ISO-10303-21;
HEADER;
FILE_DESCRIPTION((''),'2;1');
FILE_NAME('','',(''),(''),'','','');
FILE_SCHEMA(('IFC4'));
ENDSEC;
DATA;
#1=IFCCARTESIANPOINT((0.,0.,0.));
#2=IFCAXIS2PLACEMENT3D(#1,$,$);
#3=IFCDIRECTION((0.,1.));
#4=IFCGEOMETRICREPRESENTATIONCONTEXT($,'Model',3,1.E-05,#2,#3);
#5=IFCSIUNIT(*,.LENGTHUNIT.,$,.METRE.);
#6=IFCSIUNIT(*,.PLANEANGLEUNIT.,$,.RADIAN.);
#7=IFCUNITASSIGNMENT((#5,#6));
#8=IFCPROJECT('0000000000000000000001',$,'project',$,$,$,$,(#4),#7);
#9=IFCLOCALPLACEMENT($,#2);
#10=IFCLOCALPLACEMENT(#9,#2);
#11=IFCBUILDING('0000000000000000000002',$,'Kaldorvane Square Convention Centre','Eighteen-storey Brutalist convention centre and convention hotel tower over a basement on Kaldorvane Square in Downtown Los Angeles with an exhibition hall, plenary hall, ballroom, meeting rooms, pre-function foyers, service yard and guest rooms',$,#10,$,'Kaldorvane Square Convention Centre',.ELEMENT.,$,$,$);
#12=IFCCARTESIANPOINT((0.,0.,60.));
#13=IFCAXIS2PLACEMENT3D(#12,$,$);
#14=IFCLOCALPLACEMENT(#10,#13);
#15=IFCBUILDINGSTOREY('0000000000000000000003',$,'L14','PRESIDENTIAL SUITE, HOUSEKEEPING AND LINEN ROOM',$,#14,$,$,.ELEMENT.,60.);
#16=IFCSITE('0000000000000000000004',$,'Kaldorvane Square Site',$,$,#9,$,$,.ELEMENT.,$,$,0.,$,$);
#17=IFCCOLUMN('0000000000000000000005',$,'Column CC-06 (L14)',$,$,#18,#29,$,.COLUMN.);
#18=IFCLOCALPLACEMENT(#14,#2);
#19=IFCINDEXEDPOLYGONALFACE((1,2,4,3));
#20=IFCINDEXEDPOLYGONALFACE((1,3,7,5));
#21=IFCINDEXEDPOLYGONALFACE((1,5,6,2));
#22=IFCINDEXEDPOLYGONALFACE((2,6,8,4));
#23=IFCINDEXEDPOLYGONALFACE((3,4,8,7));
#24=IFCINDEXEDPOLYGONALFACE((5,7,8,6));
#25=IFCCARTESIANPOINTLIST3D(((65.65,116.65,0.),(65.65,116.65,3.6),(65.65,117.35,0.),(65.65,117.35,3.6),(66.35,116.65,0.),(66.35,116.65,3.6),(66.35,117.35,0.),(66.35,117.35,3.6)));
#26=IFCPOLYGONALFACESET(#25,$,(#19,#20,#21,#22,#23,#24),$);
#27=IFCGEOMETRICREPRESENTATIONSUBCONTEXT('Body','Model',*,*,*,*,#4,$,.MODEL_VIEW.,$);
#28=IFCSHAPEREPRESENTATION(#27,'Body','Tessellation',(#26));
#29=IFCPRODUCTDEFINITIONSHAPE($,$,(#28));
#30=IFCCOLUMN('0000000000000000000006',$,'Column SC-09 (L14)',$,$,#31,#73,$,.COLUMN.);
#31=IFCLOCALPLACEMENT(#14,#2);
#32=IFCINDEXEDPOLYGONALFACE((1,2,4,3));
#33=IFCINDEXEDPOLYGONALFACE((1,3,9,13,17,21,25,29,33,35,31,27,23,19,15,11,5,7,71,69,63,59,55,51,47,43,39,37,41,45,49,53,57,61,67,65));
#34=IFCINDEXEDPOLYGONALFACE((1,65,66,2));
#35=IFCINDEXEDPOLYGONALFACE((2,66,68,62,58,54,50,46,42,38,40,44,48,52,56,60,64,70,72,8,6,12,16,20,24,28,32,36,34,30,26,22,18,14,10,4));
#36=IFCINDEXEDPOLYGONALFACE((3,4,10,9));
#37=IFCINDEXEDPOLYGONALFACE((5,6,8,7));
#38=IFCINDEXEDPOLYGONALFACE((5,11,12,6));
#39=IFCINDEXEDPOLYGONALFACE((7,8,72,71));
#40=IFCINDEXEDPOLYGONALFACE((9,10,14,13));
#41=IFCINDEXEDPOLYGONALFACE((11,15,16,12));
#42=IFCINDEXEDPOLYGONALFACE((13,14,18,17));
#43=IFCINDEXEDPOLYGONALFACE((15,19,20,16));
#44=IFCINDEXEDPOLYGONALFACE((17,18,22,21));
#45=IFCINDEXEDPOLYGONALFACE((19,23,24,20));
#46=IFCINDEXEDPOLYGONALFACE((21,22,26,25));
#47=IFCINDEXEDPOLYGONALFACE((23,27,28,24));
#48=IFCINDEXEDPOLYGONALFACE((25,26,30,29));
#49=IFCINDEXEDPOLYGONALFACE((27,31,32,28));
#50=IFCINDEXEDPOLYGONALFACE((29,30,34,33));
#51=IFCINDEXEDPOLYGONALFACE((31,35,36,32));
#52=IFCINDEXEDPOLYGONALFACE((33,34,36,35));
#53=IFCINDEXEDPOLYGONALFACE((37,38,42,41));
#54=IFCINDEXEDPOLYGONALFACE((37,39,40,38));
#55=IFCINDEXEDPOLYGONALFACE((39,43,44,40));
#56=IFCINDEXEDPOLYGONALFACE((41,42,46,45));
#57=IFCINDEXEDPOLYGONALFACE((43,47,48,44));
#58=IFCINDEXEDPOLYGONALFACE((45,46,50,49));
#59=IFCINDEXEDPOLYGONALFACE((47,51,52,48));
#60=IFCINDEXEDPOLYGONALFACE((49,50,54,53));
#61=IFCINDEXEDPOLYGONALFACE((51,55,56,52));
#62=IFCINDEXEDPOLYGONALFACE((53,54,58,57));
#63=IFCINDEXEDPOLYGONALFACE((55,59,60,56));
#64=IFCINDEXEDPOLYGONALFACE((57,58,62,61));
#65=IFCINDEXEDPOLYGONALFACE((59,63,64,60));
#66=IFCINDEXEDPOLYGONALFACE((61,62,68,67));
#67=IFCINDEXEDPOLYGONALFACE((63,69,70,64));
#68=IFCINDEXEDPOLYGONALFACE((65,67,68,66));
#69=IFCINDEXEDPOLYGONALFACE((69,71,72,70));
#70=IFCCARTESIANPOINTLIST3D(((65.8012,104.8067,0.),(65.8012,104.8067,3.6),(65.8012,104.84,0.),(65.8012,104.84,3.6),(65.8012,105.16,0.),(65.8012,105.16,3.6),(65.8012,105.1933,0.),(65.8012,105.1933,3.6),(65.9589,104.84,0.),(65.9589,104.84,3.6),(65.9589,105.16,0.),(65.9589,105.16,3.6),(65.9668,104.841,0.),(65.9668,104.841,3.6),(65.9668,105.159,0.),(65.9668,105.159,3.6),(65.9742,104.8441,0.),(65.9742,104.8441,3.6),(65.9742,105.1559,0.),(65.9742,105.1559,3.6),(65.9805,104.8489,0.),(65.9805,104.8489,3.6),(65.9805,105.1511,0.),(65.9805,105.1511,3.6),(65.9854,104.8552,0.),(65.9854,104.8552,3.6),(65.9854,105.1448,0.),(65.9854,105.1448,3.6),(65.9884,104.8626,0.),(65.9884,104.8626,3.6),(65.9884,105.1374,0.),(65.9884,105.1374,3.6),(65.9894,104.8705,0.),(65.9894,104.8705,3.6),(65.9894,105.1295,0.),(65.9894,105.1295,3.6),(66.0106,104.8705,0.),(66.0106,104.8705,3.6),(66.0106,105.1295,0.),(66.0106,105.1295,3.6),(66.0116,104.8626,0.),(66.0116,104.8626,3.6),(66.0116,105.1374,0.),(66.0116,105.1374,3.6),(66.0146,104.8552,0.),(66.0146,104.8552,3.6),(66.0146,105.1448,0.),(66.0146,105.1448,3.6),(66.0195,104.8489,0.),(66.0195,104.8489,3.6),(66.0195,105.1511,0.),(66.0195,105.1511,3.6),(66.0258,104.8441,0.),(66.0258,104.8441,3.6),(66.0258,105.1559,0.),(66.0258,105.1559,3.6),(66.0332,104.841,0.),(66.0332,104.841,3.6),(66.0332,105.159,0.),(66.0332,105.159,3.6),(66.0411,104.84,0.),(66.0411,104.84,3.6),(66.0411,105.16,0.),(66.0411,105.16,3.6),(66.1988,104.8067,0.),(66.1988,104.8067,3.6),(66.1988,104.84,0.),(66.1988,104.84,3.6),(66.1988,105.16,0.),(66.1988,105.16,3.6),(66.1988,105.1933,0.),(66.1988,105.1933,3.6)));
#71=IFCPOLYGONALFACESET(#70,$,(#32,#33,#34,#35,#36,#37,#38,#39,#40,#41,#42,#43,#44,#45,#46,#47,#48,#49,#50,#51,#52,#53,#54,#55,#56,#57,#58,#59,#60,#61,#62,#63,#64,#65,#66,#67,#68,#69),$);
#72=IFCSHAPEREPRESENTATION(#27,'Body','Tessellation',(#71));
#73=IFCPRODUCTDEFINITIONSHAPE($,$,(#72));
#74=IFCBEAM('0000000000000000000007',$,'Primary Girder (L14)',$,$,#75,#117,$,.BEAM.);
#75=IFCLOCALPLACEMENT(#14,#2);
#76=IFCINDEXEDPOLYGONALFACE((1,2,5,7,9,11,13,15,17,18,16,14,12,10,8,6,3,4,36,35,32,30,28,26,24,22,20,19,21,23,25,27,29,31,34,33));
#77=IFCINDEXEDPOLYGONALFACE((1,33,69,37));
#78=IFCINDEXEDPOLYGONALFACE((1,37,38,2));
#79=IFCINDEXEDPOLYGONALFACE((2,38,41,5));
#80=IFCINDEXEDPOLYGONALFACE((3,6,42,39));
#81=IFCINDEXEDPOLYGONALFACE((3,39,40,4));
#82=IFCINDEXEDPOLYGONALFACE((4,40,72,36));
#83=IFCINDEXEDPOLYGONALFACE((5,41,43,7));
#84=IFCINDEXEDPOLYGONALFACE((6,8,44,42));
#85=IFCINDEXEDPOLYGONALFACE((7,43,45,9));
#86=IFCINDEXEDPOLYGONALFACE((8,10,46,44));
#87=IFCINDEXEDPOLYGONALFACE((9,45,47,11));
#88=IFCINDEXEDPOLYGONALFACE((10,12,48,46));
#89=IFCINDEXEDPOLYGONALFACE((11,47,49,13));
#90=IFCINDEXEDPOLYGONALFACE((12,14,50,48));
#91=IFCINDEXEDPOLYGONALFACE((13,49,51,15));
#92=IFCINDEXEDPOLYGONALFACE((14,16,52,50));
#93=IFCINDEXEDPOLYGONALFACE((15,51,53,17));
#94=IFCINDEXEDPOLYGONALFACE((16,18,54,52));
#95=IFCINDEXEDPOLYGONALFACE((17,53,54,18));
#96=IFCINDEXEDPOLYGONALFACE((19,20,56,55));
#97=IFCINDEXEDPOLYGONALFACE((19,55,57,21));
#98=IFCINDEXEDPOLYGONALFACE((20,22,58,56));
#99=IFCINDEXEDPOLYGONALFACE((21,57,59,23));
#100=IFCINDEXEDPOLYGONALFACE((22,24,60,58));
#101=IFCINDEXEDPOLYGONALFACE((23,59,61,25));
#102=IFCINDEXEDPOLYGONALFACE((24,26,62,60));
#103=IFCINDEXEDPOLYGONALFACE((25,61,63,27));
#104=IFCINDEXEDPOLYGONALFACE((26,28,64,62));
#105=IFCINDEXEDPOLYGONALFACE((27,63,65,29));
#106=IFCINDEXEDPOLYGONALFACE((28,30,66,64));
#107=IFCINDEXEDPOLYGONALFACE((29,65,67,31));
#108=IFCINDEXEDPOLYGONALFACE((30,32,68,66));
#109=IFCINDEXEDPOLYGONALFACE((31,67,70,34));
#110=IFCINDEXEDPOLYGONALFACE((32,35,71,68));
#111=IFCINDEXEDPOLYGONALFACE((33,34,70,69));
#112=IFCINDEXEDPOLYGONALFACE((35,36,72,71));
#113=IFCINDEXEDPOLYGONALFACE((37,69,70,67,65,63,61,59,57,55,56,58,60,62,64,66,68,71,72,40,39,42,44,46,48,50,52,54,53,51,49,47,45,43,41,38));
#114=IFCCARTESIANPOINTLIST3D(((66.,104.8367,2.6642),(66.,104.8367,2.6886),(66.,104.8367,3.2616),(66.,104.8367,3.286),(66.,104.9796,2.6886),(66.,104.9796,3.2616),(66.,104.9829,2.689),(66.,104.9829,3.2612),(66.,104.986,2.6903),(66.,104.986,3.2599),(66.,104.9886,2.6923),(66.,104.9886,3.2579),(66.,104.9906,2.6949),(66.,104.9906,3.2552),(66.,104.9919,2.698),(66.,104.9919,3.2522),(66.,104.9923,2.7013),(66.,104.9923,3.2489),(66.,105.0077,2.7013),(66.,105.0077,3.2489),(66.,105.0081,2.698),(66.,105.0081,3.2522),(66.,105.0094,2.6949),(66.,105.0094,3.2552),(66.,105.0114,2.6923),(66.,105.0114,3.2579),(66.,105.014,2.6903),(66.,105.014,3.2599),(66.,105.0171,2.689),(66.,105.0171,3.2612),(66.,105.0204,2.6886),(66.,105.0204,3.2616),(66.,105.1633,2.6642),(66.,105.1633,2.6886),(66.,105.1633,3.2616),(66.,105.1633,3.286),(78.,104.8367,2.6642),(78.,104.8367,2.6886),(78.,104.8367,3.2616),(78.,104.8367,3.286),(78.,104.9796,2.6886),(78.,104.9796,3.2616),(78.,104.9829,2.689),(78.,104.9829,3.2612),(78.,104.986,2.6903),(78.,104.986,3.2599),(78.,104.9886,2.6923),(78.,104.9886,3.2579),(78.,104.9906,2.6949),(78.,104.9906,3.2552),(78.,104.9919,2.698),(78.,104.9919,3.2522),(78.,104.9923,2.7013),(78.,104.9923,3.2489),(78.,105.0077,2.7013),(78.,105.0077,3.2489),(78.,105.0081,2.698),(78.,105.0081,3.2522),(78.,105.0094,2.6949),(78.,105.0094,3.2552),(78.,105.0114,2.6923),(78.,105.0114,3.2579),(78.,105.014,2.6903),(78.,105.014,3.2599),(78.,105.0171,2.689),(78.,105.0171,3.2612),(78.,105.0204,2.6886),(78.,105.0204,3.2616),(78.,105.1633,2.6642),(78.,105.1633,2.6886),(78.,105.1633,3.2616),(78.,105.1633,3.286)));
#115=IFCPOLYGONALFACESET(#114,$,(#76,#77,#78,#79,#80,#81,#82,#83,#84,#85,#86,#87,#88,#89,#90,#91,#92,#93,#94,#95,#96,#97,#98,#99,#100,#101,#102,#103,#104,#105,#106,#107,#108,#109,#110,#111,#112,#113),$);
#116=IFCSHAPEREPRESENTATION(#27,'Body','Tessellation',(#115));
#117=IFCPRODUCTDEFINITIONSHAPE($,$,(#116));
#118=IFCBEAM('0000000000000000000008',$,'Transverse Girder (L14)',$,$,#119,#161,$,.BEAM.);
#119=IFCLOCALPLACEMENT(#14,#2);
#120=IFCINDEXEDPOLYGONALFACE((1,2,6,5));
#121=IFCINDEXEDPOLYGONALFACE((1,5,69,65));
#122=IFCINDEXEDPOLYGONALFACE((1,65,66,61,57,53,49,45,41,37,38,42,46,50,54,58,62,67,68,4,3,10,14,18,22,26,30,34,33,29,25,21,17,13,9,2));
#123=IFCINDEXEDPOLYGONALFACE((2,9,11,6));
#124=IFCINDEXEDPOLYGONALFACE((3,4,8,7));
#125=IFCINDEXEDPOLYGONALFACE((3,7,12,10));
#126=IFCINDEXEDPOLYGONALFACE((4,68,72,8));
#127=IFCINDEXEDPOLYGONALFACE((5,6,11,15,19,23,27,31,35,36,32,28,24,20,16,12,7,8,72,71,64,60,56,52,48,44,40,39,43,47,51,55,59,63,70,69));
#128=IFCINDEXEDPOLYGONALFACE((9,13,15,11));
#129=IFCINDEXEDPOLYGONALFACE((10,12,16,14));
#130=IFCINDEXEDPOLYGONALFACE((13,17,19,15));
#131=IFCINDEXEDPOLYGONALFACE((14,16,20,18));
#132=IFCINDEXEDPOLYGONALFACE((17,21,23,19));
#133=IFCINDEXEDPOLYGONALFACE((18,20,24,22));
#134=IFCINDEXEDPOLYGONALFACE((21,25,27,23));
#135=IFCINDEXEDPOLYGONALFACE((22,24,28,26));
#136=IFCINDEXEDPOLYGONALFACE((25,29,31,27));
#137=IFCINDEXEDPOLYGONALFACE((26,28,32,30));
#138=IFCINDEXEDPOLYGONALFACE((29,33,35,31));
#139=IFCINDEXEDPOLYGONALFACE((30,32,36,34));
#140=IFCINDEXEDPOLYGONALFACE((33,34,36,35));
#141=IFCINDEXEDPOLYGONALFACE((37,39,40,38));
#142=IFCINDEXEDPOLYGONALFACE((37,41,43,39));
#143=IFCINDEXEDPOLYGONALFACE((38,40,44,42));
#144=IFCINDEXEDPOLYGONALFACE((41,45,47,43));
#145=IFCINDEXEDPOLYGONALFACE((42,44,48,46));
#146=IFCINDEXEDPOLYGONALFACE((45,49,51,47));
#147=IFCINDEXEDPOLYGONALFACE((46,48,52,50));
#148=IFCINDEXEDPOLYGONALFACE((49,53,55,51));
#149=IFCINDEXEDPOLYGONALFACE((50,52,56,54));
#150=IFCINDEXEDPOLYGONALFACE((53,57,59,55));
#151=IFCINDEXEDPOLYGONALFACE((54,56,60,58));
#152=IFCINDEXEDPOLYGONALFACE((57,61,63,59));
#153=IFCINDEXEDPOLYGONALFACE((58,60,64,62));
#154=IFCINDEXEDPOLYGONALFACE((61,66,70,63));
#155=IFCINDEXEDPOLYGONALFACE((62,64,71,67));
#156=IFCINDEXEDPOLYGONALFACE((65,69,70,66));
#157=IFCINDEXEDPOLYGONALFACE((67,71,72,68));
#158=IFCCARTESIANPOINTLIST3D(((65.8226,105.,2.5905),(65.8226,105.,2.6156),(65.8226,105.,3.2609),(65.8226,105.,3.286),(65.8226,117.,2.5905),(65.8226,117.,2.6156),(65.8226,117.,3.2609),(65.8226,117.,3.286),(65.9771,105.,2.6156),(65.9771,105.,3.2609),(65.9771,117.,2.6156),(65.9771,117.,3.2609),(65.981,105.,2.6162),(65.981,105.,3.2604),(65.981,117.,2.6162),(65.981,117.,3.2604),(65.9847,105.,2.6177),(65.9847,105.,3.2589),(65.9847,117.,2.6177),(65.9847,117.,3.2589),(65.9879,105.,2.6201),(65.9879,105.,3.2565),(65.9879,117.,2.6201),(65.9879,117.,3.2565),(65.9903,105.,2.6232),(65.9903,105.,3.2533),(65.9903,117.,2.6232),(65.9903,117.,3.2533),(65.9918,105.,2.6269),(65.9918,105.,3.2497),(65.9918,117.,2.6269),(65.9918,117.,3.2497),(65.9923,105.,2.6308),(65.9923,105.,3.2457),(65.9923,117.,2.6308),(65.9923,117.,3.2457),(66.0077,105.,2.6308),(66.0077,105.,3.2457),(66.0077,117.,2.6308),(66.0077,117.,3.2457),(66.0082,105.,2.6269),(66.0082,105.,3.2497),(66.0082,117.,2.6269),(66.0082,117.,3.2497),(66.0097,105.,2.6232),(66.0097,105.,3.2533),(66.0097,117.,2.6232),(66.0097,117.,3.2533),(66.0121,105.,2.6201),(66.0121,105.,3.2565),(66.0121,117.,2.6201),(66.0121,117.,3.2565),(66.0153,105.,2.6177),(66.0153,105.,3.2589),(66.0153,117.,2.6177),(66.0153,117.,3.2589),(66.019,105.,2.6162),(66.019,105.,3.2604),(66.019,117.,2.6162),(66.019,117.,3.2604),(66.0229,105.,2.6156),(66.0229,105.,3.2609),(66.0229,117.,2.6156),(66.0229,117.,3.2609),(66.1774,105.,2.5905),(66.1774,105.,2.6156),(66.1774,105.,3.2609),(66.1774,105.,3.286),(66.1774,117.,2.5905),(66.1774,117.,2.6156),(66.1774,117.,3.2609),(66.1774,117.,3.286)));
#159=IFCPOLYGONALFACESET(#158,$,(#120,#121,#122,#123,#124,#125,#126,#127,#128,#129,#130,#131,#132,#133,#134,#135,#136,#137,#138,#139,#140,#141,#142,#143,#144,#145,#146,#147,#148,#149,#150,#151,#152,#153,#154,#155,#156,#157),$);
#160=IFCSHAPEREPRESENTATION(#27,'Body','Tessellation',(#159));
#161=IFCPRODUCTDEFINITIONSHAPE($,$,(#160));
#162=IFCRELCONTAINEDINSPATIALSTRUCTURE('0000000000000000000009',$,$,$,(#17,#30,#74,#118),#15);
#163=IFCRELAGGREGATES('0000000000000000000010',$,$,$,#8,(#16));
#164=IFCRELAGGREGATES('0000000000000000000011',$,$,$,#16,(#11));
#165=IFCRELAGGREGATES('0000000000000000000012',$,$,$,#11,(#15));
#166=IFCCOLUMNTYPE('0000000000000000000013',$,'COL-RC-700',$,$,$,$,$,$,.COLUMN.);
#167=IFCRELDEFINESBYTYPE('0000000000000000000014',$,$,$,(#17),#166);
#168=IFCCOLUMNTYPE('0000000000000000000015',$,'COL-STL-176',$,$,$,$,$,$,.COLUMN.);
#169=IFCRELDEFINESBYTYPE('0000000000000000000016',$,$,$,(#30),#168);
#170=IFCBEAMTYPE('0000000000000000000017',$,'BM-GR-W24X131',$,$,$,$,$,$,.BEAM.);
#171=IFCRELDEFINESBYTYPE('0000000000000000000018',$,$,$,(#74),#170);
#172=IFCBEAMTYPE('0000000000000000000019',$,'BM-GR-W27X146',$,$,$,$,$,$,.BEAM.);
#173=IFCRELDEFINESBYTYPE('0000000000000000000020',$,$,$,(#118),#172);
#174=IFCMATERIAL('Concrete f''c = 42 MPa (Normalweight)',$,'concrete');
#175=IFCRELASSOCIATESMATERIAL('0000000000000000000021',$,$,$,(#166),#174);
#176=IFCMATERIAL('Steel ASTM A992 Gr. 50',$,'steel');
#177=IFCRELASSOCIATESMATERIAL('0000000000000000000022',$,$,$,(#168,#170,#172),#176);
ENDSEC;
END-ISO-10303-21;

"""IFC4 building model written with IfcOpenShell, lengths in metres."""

from ifc_helpers import new_model, si_unit, direction, frame, origin, origin_2d, place, context, subcontext, project, spatial, rectangle, i_section, extrude, material, material_profile, profile_set, type_object, element, save


model = new_model("IFC4")

# Units and contexts
model_context = context("Model", 3, precision=1e-05, world=origin(), true_north=direction((0.0, 1.0)))
body_context = subcontext(model_context, "Body", "Model", "MODEL_VIEW")
ifc_project = project(units=[si_unit("LENGTHUNIT", "METRE"), si_unit("PLANEANGLEUNIT", "RADIAN")], contexts=[model_context])

# Site, building, storey
site_placement = place(None, origin())
site = spatial("IfcSite", under=ifc_project, at=site_placement, Name="Kaldorvane Square Site", CompositionType="ELEMENT", RefElevation=0.0)
building_placement = place(site_placement, origin())
building = spatial("IfcBuilding", under=site, at=building_placement, Name="Kaldorvane Square Convention Centre", Description="Eighteen-storey Brutalist convention centre and convention hotel tower over a basement on Kaldorvane Square in Downtown Los Angeles with an exhibition hall, plenary hall, ballroom, meeting rooms, pre-function foyers, service yard and guest rooms", LongName="Kaldorvane Square Convention Centre", CompositionType="ELEMENT")
storey_placement = place(building_placement, frame((0.0, 0.0, 60.0)))
storey = spatial("IfcBuildingStorey", under=building, at=storey_placement, Name="L14", Description="PRESIDENTIAL SUITE, HOUSEKEEPING AND LINEN ROOM", CompositionType="ELEMENT", Elevation=60.0)

# Columns
ifc_material_1 = material(Name="Concrete f'c = 42 MPa (Normalweight)", Category="concrete")
ifc_material_profile_1 = material_profile(ifc_material_1, rectangle(XDim=0.7, YDim=0.7, at=origin_2d()), Name="RC700X700")
ifc_profile_set_1 = profile_set([ifc_material_profile_1], Name="Concrete f'c = 42 MPa (Normalweight)")
column_type_1 = type_object("IfcColumnType", Name="COL-RC-700", PredefinedType="COLUMN", material=ifc_profile_set_1)
column_1_placement = place(storey_placement, frame((66.0, 117.0, 0.0), z_axis=(0.0, 0.0, 1.0), x_axis=(1.0, 0.0, 0.0)))
element("IfcColumn", 1, at=column_1_placement, inside=storey, type_object=column_type_1, Name="Column CC-06 (L14)", PredefinedType="COLUMN", context=body_context, shape_type="SweptSolid", body=[
    extrude(rectangle(XDim=0.7, YDim=0.7, at=origin_2d()), origin(), (0.0, 0.0, 1.0), 3.6),
])
ifc_material_2 = material(Name="Steel ASTM A992 Gr. 50", Category="steel")
ifc_material_profile_2 = material_profile(ifc_material_2, i_section(OverallWidth=0.3975, OverallDepth=0.3866, WebThickness=0.0211, FlangeThickness=0.0333, FilletRadius=0.0305, at=origin_2d()), Name="W14X176")
ifc_profile_set_2 = profile_set([ifc_material_profile_2], Name="Steel ASTM A992 Gr. 50")
column_type_2 = type_object("IfcColumnType", Name="COL-STL-176", PredefinedType="COLUMN", material=ifc_profile_set_2)
column_2_placement = place(storey_placement, frame((66.0, 105.0, 0.0), z_axis=(0.0, 0.0, 1.0), x_axis=(1.0, 0.0, 0.0)))
element("IfcColumn", 2, at=column_2_placement, inside=storey, type_object=column_type_2, Name="Column SC-09 (L14)", PredefinedType="COLUMN", context=body_context, shape_type="SweptSolid", body=[
    extrude(i_section(OverallWidth=0.3975, OverallDepth=0.3866, WebThickness=0.0211, FlangeThickness=0.0333, FilletRadius=0.0305, at=origin_2d()), origin(), (0.0, 0.0, 1.0), 3.6),
])

# Beams
ifc_material_profile_3 = material_profile(ifc_material_2, i_section(OverallWidth=0.3265, OverallDepth=0.6218, WebThickness=0.0154, FlangeThickness=0.0244, FilletRadius=0.0127, at=origin_2d()), Name="W24X131")
ifc_profile_set_3 = profile_set([ifc_material_profile_3], Name="Steel ASTM A992 Gr. 50")
beam_type_1 = type_object("IfcBeamType", Name="BM-GR-W24X131", PredefinedType="BEAM", material=ifc_profile_set_3)
beam_1_placement = place(storey_placement, frame((66.0, 105.0, 2.9751), z_axis=(1.0, 0.0, 0.0), x_axis=(0.0, 1.0, 0.0)))
element("IfcBeam", 3, at=beam_1_placement, inside=storey, type_object=beam_type_1, Name="Primary Girder (L14)", PredefinedType="BEAM", context=body_context, shape_type="SweptSolid", body=[
    extrude(i_section(OverallWidth=0.3265, OverallDepth=0.6218, WebThickness=0.0154, FlangeThickness=0.0244, FilletRadius=0.0127, at=origin_2d()), origin(), (0.0, 0.0, 1.0), 12.0),
])
ifc_material_profile_4 = material_profile(ifc_material_2, i_section(OverallWidth=0.3547, OverallDepth=0.6955, WebThickness=0.0154, FlangeThickness=0.0251, FilletRadius=0.0152, at=origin_2d()), Name="W27X146")
ifc_profile_set_4 = profile_set([ifc_material_profile_4], Name="Steel ASTM A992 Gr. 50")
beam_type_2 = type_object("IfcBeamType", Name="BM-GR-W27X146", PredefinedType="BEAM", material=ifc_profile_set_4)
beam_2_placement = place(storey_placement, frame((66.0, 105.0, 2.9383), z_axis=(0.0, 1.0, 0.0), x_axis=(-1.0, 0.0, 0.0)))
element("IfcBeam", 4, at=beam_2_placement, inside=storey, type_object=beam_type_2, Name="Transverse Girder (L14)", PredefinedType="BEAM", context=body_context, shape_type="SweptSolid", body=[
    extrude(i_section(OverallWidth=0.3547, OverallDepth=0.6955, WebThickness=0.0154, FlangeThickness=0.0251, FilletRadius=0.0152, at=origin_2d()), origin(), (0.0, 0.0, 1.0), 12.0),
])

save(model, "model.ifc")
